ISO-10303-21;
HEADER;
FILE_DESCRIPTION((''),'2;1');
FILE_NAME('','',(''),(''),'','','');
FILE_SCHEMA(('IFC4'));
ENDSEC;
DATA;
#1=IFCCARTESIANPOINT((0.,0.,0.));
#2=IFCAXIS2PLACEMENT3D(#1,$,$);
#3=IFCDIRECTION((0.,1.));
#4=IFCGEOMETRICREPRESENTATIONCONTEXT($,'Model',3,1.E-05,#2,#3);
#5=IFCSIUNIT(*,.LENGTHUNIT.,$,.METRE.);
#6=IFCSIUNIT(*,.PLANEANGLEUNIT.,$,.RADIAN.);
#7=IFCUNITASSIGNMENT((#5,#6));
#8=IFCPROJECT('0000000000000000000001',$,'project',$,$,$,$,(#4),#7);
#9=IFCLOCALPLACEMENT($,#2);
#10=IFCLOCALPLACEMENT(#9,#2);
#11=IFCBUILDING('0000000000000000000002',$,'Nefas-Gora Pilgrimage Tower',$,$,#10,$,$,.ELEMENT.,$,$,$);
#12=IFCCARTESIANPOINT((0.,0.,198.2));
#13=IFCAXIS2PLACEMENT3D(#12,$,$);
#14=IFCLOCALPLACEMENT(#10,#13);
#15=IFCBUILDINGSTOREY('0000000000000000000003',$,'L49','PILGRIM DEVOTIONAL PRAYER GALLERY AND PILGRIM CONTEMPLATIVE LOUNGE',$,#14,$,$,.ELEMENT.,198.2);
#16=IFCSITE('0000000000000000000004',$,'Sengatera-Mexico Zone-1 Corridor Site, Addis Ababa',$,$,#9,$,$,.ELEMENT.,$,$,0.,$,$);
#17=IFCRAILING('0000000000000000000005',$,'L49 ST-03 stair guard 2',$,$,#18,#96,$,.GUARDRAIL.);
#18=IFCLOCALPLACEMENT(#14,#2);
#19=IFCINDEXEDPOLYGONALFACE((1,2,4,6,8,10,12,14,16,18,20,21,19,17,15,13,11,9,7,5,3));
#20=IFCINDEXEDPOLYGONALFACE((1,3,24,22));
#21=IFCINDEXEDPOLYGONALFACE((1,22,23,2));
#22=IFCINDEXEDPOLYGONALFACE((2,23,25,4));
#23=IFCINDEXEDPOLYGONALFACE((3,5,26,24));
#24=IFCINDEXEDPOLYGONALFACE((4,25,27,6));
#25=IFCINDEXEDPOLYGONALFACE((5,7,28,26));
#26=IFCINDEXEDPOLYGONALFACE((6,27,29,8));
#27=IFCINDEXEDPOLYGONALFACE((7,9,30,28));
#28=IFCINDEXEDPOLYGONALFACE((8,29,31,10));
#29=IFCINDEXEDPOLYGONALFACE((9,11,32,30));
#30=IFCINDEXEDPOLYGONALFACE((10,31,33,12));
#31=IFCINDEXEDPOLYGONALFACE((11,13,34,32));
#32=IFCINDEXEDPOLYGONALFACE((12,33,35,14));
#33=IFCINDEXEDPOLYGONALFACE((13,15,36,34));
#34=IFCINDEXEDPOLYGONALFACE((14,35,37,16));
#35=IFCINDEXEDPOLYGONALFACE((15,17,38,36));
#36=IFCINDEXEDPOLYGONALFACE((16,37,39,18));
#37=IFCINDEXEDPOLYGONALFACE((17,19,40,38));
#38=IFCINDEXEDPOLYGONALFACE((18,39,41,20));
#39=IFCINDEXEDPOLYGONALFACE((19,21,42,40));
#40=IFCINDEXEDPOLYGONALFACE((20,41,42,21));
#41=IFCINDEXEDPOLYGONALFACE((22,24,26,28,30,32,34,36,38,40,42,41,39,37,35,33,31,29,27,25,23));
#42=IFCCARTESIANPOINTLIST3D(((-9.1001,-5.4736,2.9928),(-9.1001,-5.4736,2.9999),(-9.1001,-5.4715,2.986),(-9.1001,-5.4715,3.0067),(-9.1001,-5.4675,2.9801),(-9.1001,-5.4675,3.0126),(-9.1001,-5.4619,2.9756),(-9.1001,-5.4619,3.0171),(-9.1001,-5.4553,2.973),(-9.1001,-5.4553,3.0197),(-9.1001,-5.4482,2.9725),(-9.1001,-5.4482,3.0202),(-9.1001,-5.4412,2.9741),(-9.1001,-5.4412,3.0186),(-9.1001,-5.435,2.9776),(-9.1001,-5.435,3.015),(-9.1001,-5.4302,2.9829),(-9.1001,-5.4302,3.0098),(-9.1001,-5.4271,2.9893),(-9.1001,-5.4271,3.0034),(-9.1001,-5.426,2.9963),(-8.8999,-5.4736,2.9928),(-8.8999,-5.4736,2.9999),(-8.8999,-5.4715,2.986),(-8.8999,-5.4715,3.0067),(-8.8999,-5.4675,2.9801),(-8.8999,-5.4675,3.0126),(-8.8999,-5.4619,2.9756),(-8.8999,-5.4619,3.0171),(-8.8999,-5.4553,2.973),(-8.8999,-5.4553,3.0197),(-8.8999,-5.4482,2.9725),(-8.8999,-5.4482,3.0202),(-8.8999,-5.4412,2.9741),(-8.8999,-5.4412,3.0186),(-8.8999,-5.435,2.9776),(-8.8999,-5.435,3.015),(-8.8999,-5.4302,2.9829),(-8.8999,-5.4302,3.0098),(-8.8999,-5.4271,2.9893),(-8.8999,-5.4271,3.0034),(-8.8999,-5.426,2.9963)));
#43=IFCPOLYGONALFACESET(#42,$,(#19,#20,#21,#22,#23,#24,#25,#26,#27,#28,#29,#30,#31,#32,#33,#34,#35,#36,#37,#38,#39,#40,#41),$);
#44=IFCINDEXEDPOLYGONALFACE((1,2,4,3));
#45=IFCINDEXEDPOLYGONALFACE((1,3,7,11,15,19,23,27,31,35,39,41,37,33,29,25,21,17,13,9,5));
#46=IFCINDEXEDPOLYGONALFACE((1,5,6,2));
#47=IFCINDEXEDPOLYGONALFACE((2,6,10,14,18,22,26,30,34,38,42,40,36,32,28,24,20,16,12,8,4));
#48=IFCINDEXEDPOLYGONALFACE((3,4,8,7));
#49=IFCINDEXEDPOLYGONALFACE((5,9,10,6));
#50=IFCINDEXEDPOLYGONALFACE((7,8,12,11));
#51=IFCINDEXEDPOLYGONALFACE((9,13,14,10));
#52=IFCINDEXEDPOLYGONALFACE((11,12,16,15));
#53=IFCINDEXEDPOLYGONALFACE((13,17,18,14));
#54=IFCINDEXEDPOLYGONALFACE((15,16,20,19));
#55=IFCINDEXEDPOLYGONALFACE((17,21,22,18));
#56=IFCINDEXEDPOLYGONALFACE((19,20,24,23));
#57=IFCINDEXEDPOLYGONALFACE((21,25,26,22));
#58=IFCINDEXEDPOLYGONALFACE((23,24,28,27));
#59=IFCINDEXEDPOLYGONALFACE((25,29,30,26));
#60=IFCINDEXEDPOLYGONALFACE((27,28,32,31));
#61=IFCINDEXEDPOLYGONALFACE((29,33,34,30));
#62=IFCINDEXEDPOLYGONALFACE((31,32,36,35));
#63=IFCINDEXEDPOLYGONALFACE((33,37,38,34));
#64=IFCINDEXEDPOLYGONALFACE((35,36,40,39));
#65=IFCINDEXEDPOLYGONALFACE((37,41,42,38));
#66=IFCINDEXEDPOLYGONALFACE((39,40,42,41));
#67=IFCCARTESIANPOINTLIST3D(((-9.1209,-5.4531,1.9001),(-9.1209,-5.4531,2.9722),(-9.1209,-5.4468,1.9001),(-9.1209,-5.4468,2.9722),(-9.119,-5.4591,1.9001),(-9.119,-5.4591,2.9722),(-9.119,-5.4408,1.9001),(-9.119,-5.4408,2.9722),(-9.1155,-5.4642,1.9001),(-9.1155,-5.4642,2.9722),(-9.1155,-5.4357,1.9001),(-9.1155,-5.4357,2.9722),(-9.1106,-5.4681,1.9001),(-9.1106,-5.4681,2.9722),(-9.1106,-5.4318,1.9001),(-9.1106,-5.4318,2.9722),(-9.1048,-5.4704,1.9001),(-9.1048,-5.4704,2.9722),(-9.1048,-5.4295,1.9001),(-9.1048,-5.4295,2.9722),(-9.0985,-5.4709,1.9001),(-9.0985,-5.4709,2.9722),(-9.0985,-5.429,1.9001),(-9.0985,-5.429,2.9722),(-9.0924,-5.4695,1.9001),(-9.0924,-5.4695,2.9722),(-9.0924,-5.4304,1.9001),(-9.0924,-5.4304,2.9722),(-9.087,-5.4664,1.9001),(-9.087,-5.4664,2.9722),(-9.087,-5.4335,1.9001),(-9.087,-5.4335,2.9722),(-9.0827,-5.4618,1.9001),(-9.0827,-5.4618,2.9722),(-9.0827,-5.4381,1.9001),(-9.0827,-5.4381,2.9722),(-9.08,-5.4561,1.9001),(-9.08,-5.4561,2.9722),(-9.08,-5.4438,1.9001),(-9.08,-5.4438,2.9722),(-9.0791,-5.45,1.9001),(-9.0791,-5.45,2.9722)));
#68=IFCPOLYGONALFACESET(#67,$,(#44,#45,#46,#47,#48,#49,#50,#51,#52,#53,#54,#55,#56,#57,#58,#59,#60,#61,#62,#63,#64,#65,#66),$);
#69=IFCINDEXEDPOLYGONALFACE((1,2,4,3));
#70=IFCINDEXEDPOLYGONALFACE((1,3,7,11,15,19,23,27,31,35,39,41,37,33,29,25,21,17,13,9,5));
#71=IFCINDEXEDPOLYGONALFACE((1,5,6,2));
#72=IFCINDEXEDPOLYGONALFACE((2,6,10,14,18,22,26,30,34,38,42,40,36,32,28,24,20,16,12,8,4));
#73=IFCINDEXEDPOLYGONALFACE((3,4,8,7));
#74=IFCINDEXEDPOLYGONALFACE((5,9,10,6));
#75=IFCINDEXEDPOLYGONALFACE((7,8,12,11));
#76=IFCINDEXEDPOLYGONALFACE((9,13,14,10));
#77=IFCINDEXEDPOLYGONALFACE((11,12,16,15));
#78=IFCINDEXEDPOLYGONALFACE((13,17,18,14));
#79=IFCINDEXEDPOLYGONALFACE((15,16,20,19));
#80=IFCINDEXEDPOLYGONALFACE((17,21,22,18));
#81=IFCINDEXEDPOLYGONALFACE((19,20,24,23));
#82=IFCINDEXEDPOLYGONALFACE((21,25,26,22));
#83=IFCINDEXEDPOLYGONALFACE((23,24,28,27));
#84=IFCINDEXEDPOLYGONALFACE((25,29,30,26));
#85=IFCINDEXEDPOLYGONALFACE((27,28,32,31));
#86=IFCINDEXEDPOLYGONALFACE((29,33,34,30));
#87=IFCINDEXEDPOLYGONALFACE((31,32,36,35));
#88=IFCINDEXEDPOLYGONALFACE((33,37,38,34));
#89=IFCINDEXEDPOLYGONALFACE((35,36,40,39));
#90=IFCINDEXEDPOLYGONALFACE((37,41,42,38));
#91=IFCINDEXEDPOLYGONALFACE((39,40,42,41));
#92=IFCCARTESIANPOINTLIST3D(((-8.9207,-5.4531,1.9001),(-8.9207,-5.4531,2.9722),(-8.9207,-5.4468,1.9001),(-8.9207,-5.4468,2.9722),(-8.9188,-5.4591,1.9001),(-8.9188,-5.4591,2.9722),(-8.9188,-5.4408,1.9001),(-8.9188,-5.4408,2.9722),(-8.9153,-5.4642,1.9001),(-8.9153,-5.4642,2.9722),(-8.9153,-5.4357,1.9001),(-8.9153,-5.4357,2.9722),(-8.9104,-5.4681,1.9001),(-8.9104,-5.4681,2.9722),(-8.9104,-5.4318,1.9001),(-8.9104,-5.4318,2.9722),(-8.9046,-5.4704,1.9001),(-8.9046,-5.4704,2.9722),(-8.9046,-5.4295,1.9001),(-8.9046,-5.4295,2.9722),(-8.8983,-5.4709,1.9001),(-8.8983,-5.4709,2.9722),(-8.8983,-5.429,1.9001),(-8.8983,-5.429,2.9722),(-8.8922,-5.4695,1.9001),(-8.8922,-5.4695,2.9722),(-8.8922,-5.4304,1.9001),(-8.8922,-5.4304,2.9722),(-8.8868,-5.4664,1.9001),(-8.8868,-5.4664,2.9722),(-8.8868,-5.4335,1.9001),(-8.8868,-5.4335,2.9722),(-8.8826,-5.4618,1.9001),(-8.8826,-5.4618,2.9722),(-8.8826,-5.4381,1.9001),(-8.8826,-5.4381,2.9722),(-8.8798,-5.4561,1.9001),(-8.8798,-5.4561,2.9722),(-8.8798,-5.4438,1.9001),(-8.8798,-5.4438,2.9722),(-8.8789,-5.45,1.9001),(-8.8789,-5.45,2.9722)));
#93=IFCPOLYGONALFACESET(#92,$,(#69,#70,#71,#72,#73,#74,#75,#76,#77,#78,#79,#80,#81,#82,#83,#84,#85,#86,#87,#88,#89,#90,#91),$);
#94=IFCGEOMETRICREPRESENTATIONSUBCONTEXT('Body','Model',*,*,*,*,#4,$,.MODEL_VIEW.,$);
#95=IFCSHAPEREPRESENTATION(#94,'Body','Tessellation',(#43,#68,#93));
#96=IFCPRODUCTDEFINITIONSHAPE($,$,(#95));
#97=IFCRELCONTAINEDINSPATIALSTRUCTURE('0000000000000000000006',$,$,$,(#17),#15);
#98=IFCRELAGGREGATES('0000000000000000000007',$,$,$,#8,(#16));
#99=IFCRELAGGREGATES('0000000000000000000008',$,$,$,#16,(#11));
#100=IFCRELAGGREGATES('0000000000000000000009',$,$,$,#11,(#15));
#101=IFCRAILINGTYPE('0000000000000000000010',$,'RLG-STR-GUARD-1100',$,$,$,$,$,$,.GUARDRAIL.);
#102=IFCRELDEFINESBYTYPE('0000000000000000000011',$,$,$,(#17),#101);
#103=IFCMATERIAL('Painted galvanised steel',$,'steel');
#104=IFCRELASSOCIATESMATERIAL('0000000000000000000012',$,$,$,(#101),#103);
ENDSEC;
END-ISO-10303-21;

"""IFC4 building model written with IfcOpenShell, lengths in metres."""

from ifc_helpers import new_model, si_unit, direction, frame, origin, origin_2d, place, context, subcontext, project, spatial, circle, extrude, material, type_object, element, save


model = new_model("IFC4")

# Units and contexts
model_context = context("Model", 3, precision=1e-05, world=origin(), true_north=direction((0.0, 1.0)))
body_context = subcontext(model_context, "Body", "Model", "MODEL_VIEW")
ifc_project = project(units=[si_unit("LENGTHUNIT", "METRE"), si_unit("PLANEANGLEUNIT", "RADIAN")], contexts=[model_context])

# Site, building, storey
site_placement = place(None, origin())
site = spatial("IfcSite", under=ifc_project, at=site_placement, Name="Sengatera-Mexico Zone-1 Corridor Site, Addis Ababa", CompositionType="ELEMENT", RefElevation=0.0)
building_placement = place(site_placement, origin())
building = spatial("IfcBuilding", under=site, at=building_placement, Name="Nefas-Gora Pilgrimage Tower", CompositionType="ELEMENT")
storey_placement = place(building_placement, frame((0.0, 0.0, 198.2)))
storey = spatial("IfcBuildingStorey", under=building, at=storey_placement, Name="L49", Description="PILGRIM DEVOTIONAL PRAYER GALLERY AND PILGRIM CONTEMPLATIVE LOUNGE", CompositionType="ELEMENT", Elevation=198.2)

# Railing
ifc_material_1 = material(Name="Painted galvanised steel", Category="steel")
railing_type_1 = type_object("IfcRailingType", Name="RLG-STR-GUARD-1100", PredefinedType="GUARDRAIL", material=ifc_material_1)
railing_1_placement = place(storey_placement, frame((-9.1001, -5.45, 1.9001)))
element("IfcRailing", 1, at=railing_1_placement, inside=storey, type_object=railing_type_1, Name="L49 ST-03 stair guard 2", PredefinedType="GUARDRAIL", context=body_context, shape_type="SweptSolid", body=[
    extrude(circle(Radius=0.0239, at=origin_2d()), frame((0.0, 0.0, 1.0962), z_axis=(1.0, 0.0, 0.0), x_axis=(0.0, 1.0, 0.0)), (0.0, 0.0, 1.0), 0.2002),
    extrude(circle(Radius=0.021, at=origin_2d()), origin(), (0.0, 0.0, 1.0), 1.072),
    extrude(circle(Radius=0.021, at=origin_2d()), frame((0.2002, 0.0, 0.0)), (0.0, 0.0, 1.0), 1.072),
])

save(model, "model.ifc")
